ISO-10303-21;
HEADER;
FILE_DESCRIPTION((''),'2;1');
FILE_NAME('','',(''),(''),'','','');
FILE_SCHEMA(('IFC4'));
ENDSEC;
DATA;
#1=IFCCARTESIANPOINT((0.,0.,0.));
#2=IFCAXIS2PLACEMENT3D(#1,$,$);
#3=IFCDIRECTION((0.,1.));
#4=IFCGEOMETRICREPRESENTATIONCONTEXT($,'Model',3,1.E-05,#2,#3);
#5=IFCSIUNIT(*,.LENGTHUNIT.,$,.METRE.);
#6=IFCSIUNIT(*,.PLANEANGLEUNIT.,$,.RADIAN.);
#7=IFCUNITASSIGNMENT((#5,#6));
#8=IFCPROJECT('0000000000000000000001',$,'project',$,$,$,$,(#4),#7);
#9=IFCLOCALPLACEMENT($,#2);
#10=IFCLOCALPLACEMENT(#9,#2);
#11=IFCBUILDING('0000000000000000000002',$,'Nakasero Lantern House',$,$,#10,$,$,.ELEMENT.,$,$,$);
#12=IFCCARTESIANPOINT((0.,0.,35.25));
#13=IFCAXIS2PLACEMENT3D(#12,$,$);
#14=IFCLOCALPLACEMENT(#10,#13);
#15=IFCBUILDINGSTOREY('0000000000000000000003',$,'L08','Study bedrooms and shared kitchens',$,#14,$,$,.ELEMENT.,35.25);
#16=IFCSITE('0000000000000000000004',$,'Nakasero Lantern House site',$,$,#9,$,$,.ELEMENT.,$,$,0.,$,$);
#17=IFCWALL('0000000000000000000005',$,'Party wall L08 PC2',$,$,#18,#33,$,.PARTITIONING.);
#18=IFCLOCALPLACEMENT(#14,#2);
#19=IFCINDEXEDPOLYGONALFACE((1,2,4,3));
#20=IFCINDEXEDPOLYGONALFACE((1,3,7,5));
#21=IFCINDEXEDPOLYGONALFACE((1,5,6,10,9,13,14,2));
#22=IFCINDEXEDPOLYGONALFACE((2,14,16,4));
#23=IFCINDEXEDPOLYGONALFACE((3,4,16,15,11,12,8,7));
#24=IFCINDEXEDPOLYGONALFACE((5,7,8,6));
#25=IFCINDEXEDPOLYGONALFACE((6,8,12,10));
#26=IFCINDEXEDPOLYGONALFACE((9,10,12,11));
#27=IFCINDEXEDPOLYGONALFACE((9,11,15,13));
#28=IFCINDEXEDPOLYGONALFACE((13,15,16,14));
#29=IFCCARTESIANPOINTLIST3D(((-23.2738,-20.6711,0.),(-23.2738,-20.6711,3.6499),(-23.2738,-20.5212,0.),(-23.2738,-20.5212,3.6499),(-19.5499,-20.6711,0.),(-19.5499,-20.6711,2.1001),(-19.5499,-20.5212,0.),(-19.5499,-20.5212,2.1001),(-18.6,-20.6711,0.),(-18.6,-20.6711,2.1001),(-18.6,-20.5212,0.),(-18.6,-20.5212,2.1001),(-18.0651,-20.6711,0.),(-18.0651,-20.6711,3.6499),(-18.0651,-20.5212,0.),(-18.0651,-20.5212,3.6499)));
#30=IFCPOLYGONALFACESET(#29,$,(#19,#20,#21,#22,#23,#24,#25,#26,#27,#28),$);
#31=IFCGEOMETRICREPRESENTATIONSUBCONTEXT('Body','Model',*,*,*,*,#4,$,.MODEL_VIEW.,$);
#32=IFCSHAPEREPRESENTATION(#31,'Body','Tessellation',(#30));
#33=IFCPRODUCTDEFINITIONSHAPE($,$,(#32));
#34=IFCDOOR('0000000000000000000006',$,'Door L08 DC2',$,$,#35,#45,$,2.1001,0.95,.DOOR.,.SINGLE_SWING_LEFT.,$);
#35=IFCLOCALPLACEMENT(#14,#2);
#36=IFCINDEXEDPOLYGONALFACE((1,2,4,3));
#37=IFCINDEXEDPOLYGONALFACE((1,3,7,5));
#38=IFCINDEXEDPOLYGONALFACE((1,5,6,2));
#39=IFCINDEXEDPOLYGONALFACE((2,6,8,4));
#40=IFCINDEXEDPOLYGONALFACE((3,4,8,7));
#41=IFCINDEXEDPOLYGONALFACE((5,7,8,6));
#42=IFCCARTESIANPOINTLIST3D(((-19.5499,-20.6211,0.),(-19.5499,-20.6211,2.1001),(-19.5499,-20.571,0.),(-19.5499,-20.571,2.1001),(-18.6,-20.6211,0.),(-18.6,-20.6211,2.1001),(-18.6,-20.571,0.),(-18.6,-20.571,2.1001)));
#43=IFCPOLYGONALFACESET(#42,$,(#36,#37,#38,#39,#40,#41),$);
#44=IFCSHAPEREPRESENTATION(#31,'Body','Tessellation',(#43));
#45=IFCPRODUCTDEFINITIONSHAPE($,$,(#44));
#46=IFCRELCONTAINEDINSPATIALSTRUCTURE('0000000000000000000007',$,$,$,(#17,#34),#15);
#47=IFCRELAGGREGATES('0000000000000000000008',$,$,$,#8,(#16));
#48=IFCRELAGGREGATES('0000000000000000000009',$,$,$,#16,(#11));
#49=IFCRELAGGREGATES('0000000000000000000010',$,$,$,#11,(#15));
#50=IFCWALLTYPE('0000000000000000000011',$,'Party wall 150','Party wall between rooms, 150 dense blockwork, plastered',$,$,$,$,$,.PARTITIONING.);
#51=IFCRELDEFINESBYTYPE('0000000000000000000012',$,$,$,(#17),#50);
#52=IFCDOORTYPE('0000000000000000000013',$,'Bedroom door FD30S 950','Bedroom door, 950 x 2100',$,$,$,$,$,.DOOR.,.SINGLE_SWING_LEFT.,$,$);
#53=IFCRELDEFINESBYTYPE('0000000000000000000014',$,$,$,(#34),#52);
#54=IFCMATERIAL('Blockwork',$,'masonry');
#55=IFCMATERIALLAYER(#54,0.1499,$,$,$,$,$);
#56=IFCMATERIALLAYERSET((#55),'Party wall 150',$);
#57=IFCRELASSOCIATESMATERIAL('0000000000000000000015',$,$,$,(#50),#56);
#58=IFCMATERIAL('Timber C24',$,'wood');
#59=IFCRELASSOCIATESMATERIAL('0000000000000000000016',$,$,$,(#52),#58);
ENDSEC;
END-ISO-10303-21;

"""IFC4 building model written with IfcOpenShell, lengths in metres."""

from ifc_helpers import new_model, si_unit, direction, frame, frame_2d, origin, place, context, subcontext, project, spatial, rectangle, extrude, material, layer, layer_set, type_object, element, fill, save


model = new_model("IFC4")

# Units and contexts
model_context = context("Model", 3, precision=1e-05, world=origin(), true_north=direction((0.0, 1.0)))
body_context = subcontext(model_context, "Body", "Model", "MODEL_VIEW")
ifc_project = project(units=[si_unit("LENGTHUNIT", "METRE"), si_unit("PLANEANGLEUNIT", "RADIAN")], contexts=[model_context])

# Site, building, storey
site_placement = place(None, origin())
site = spatial("IfcSite", under=ifc_project, at=site_placement, Name="Nakasero Lantern House site", CompositionType="ELEMENT", RefElevation=0.0)
building_placement = place(site_placement, origin())
building = spatial("IfcBuilding", under=site, at=building_placement, Name="Nakasero Lantern House", CompositionType="ELEMENT")
storey_placement = place(building_placement, frame((0.0, 0.0, 35.25)))
storey = spatial("IfcBuildingStorey", under=building, at=storey_placement, Name="L08", Description="Study bedrooms and shared kitchens", CompositionType="ELEMENT", Elevation=35.25)

# Wall, opening, door
ifc_material_1 = material(Name="Blockwork", Category="masonry")
ifc_layer_1 = layer(ifc_material_1, 0.1499)
ifc_layer_set_1 = layer_set([ifc_layer_1], Name="Party wall 150")
wall_type_1 = type_object("IfcWallType", Name="Party wall 150", Description="Party wall between rooms, 150 dense blockwork, plastered", PredefinedType="PARTITIONING", material=ifc_layer_set_1)
wall_1_placement = place(storey_placement, frame((-18.0649, -20.5962, 0.0), z_axis=(0.0, 0.0, 1.0), x_axis=(-1.0, 0.0, 0.0)))
wall_1 = element("IfcWall", 1, at=wall_1_placement, inside=storey, type_object=wall_type_1, Name="Party wall L08 PC2", PredefinedType="PARTITIONING", context=body_context, shape_type="SweptSolid", body=[
    extrude(rectangle(XDim=5.2087, YDim=0.1499, at=frame_2d((2.6045, 0.0))), origin(), (0.0, 0.0, 1.0), 3.6499),
])
opening_1_placement = place(wall_1_placement, frame((0.5349, 0.0, 0.0)))
opening_1 = element("IfcOpeningElement", 2, at=opening_1_placement, cuts=wall_1, PredefinedType="OPENING", context=body_context, shape_type="SweptSolid", body=[
    extrude(rectangle(XDim=0.95, YDim=2.1001, at=frame_2d((0.4751, 1.05))), frame((0.0, 0.095, 0.0), z_axis=(0.0, -1.0, 0.0), x_axis=(1.0, 0.0, 0.0)), (0.0, 0.0, 1.0), 0.1899),
])
ifc_material_2 = material(Name="Timber C24", Category="wood")
door_type_1 = type_object("IfcDoorType", Name="Bedroom door FD30S 950", Description="Bedroom door, 950 x 2100", OperationType="SINGLE_SWING_LEFT", PredefinedType="DOOR", material=ifc_material_2)
door_1_placement = place(opening_1_placement, origin())
door_1 = element("IfcDoor", 3, at=door_1_placement, inside=storey, type_object=door_type_1, Name="Door L08 DC2", OperationType="SINGLE_SWING_LEFT", OverallHeight=2.1001, OverallWidth=0.95, PredefinedType="DOOR", context=body_context, shape_type="SweptSolid", body=[
    extrude(rectangle(XDim=0.95, YDim=2.1001, at=frame_2d((0.4751, 1.05))), frame((0.0, 0.0249, 0.0), z_axis=(0.0, -1.0, 0.0), x_axis=(1.0, 0.0, 0.0)), (0.0, 0.0, 1.0), 0.05),
])
fill(opening_1, door_1)

save(model, "model.ifc")
